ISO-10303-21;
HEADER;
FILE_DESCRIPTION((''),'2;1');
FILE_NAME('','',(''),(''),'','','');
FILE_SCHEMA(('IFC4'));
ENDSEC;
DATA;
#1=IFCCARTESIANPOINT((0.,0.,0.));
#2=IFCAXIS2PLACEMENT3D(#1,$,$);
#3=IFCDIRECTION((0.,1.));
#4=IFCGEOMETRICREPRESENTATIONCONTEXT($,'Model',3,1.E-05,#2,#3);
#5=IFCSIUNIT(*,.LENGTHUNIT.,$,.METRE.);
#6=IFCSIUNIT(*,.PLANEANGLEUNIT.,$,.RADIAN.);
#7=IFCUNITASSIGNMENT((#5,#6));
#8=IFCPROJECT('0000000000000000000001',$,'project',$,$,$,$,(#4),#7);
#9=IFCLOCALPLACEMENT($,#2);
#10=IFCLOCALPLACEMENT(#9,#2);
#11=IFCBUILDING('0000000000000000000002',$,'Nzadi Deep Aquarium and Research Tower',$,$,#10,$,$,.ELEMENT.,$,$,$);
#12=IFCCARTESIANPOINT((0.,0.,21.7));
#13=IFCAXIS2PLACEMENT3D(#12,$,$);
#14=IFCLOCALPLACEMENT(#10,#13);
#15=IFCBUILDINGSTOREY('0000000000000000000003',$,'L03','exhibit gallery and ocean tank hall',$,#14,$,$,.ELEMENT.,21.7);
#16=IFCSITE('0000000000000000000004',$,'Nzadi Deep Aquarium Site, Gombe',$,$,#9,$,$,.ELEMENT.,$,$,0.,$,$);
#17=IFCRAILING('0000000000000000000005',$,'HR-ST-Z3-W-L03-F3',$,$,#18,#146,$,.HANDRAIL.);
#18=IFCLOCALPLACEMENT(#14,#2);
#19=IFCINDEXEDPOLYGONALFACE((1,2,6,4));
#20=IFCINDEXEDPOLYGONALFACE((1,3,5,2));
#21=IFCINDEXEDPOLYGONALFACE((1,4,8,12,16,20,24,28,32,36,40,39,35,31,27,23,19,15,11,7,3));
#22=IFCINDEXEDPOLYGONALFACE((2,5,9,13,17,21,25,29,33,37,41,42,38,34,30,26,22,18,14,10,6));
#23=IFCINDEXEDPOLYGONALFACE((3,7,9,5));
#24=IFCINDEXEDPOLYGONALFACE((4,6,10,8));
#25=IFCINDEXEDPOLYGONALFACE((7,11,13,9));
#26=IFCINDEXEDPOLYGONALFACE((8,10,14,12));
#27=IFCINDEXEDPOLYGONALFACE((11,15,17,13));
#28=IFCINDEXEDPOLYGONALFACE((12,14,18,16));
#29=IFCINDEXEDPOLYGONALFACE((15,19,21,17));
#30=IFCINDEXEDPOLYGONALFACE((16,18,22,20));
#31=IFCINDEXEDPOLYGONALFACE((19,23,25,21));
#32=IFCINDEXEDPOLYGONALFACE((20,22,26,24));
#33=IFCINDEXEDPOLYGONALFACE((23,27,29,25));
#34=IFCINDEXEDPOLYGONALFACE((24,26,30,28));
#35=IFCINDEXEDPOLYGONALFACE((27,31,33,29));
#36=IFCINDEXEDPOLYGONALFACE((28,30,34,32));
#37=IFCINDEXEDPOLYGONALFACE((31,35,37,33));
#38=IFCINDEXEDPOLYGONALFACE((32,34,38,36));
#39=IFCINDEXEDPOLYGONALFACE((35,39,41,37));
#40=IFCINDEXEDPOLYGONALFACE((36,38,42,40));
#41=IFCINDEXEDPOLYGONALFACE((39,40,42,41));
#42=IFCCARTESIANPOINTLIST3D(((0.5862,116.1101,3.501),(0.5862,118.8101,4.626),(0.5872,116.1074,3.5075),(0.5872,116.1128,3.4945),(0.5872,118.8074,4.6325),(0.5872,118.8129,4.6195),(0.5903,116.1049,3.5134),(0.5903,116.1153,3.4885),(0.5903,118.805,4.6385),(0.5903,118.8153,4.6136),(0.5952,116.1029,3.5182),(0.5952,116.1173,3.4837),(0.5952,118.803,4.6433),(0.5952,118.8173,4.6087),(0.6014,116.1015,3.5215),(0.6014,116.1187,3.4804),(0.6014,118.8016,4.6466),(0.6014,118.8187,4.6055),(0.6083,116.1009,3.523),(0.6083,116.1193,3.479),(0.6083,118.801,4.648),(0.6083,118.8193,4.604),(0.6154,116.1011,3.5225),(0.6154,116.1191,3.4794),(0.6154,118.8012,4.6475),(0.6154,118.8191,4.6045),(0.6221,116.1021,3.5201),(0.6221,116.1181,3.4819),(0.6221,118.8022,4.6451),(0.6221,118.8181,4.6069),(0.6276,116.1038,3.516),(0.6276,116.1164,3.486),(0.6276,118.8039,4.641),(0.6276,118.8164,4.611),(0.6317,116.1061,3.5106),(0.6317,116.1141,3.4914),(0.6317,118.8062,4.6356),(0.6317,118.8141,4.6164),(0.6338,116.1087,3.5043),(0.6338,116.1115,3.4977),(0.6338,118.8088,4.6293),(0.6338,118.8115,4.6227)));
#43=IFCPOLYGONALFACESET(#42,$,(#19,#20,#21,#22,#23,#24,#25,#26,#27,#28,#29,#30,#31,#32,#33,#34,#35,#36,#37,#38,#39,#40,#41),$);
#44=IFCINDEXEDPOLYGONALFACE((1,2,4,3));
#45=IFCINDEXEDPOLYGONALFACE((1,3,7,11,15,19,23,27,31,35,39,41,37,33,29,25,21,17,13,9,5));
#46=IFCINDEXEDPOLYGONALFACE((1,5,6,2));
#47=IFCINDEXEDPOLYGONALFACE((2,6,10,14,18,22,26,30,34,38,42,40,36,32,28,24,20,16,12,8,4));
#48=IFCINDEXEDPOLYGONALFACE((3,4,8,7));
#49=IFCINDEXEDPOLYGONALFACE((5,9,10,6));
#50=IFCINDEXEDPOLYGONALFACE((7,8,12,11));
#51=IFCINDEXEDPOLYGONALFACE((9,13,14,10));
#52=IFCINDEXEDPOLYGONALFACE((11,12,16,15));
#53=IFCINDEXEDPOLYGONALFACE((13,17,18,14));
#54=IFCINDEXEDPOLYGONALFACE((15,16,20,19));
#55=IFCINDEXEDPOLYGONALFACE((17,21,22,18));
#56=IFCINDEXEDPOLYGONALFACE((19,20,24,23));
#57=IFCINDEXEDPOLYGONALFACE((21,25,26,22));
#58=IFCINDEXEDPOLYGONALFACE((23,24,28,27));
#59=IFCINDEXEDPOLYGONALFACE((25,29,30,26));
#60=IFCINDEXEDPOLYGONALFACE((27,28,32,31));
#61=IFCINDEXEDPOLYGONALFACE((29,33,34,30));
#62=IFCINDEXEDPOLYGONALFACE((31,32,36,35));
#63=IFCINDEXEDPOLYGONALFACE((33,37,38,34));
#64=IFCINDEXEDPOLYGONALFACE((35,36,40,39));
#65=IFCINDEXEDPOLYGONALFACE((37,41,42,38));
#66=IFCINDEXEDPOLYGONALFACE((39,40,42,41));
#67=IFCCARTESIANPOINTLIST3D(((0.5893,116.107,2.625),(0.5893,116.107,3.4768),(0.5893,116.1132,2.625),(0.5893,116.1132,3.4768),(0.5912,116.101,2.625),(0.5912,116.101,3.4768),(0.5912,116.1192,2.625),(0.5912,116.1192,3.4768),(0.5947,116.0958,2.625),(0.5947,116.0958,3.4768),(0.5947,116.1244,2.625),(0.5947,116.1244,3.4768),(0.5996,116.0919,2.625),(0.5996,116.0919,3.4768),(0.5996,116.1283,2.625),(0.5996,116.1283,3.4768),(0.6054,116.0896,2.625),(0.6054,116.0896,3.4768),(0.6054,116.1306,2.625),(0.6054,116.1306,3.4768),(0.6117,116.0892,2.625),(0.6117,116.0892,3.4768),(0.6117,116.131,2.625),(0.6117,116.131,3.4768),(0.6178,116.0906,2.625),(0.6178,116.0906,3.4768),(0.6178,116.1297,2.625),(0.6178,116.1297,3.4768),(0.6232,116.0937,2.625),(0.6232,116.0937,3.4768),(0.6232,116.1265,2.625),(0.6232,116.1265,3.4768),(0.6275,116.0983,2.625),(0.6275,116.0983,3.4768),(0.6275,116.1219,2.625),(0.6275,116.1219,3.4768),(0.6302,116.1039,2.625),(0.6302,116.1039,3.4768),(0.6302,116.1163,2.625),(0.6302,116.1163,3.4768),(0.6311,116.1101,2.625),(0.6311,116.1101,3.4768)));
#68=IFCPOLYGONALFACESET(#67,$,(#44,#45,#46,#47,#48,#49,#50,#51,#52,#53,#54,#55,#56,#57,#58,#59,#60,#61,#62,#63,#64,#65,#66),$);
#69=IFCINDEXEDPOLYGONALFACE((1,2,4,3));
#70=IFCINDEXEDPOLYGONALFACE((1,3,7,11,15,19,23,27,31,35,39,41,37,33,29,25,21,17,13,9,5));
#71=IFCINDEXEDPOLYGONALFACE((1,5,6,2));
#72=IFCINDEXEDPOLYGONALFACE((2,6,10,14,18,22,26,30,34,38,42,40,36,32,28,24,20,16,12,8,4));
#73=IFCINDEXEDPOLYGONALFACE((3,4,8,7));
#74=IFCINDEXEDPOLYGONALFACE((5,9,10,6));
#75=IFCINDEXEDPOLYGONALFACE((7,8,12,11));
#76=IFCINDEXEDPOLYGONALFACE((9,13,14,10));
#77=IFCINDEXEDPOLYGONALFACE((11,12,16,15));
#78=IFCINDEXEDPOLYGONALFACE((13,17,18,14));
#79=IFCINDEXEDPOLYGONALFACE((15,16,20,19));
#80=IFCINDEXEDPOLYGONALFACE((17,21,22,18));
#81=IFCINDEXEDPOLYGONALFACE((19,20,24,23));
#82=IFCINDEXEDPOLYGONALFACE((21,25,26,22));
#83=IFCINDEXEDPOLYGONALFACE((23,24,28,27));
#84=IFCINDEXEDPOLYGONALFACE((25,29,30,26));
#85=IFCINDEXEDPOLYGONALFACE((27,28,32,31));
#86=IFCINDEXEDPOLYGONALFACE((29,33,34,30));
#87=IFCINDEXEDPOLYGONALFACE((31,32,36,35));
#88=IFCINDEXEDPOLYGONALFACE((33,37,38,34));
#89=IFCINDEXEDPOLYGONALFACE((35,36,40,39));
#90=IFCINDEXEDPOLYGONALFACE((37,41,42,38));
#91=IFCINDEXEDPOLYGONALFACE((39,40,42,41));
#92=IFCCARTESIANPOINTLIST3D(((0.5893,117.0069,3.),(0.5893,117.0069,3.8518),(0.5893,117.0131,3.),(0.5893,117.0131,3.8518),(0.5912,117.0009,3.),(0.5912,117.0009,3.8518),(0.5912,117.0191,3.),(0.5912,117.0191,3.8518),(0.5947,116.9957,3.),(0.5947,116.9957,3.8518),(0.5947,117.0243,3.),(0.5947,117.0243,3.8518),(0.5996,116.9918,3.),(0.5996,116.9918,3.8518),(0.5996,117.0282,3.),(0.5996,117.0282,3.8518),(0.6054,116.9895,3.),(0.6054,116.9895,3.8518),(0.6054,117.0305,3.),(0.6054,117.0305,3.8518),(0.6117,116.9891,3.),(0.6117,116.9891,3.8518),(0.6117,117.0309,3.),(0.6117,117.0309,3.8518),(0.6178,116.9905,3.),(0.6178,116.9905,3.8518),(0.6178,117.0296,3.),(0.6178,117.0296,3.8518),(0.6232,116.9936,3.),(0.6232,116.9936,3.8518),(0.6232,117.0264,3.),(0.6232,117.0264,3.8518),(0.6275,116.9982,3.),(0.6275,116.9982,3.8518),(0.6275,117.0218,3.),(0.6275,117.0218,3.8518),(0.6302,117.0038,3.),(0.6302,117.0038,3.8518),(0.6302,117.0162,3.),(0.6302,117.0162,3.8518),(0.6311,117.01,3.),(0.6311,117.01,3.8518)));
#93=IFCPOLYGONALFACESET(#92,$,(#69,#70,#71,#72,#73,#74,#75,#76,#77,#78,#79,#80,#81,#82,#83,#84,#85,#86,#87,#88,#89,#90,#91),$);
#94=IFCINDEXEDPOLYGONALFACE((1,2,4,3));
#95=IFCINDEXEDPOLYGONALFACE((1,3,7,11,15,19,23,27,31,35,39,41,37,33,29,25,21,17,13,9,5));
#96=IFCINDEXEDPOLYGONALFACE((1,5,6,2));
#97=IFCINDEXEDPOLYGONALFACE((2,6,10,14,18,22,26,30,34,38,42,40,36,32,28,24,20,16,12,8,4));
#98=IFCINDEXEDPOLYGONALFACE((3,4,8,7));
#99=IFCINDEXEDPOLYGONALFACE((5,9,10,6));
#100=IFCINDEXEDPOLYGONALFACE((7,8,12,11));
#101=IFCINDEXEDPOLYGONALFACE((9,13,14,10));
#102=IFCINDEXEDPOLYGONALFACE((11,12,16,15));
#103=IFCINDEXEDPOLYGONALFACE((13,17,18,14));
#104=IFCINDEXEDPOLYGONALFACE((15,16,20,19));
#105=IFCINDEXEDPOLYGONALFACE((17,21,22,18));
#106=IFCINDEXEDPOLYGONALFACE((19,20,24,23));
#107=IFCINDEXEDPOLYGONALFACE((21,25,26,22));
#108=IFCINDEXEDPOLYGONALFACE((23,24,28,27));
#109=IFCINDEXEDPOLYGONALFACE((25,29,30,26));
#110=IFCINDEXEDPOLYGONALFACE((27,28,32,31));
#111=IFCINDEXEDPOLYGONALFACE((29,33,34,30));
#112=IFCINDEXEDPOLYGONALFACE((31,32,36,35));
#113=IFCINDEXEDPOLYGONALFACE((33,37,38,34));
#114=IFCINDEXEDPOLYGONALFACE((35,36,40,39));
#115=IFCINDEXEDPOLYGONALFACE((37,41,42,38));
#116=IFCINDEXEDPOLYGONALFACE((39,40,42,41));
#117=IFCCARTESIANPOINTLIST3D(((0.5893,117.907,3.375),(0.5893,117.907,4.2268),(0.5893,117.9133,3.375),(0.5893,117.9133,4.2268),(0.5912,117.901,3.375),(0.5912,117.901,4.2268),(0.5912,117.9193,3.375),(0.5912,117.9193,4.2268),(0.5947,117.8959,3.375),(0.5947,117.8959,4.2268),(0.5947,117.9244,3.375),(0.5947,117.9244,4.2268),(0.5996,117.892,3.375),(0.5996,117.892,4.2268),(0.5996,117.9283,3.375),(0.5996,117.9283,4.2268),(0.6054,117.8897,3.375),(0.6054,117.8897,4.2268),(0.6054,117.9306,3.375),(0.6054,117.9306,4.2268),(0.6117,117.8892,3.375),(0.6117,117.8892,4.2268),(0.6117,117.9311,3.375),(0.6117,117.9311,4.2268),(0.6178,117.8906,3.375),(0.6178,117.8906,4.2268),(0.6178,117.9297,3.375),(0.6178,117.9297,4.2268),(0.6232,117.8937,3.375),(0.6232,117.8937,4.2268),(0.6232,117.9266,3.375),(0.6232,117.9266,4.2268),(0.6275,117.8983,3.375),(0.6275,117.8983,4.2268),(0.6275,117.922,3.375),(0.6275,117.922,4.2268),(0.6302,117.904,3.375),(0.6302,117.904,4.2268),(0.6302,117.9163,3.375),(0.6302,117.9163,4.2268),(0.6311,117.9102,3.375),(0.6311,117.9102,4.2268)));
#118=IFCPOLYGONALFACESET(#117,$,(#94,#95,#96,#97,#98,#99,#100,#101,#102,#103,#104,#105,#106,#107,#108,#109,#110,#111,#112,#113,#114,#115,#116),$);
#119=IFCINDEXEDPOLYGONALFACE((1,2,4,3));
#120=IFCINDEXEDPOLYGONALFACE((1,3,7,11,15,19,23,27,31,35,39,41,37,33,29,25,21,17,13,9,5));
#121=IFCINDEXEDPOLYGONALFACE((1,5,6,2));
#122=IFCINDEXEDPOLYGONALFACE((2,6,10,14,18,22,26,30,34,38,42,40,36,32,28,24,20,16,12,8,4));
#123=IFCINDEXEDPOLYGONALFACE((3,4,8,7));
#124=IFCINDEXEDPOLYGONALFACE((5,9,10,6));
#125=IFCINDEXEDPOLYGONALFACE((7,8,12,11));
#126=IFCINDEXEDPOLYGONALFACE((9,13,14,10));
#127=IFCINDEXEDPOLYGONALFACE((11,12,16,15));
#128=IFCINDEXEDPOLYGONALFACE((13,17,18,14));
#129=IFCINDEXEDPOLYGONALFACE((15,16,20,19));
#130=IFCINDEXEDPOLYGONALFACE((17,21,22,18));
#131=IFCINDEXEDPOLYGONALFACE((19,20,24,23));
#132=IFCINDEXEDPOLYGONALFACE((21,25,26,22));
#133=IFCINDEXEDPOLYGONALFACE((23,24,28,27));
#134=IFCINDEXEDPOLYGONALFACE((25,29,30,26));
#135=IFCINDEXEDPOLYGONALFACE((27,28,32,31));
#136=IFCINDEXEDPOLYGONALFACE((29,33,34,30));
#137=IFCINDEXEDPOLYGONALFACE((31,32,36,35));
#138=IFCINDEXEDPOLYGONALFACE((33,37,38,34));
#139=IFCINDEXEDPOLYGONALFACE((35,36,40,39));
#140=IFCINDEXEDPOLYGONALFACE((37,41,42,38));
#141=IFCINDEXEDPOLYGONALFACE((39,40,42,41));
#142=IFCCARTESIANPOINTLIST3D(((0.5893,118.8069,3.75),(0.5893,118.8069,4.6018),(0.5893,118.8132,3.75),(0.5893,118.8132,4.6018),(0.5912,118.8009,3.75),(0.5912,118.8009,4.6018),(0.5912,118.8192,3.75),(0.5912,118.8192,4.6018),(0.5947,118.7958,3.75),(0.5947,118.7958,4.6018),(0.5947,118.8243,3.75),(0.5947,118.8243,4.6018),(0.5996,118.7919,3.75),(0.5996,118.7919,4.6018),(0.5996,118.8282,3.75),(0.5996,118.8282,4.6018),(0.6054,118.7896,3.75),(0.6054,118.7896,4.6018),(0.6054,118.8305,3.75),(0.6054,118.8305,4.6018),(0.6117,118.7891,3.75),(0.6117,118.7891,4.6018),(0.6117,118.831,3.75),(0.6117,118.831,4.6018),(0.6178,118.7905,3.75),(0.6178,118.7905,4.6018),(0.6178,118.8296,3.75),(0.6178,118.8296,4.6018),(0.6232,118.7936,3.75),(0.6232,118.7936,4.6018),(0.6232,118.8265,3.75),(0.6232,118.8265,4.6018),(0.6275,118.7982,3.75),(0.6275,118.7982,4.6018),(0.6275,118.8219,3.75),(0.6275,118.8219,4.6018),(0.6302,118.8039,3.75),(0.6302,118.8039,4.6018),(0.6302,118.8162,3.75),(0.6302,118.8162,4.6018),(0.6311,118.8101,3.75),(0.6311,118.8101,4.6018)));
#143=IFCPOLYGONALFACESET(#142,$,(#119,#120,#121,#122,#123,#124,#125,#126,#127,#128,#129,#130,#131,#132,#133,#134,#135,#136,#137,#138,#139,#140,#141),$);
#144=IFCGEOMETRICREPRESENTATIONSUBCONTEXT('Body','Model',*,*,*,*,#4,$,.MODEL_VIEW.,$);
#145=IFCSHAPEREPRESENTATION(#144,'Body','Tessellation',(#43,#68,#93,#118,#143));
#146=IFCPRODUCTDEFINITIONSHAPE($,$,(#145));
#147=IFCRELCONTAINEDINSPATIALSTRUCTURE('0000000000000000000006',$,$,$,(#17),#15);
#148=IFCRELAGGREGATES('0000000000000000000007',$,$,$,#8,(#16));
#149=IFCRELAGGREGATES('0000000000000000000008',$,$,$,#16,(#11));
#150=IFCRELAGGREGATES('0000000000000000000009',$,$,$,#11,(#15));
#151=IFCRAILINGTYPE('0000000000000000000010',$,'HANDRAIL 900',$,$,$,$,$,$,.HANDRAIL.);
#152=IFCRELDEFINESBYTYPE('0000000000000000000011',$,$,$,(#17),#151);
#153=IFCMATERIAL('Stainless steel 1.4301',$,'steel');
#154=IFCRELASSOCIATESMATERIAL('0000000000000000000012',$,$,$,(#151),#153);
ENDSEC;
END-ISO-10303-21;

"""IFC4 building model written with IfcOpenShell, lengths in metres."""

from ifc_helpers import new_model, si_unit, direction, frame, origin, origin_2d, place, context, subcontext, project, spatial, circle, extrude, material, type_object, element, save


model = new_model("IFC4")

# Units and contexts
model_context = context("Model", 3, precision=1e-05, world=origin(), true_north=direction((0.0, 1.0)))
body_context = subcontext(model_context, "Body", "Model", "MODEL_VIEW")
ifc_project = project(units=[si_unit("LENGTHUNIT", "METRE"), si_unit("PLANEANGLEUNIT", "RADIAN")], contexts=[model_context])

# Site, building, storey
site_placement = place(None, origin())
site = spatial("IfcSite", under=ifc_project, at=site_placement, Name="Nzadi Deep Aquarium Site, Gombe", CompositionType="ELEMENT", RefElevation=0.0)
building_placement = place(site_placement, origin())
building = spatial("IfcBuilding", under=site, at=building_placement, Name="Nzadi Deep Aquarium and Research Tower", CompositionType="ELEMENT")
storey_placement = place(building_placement, frame((0.0, 0.0, 21.7)))
storey = spatial("IfcBuildingStorey", under=building, at=storey_placement, Name="L03", Description="exhibit gallery and ocean tank hall", CompositionType="ELEMENT", Elevation=21.7)

# Railing
ifc_material_1 = material(Name="Stainless steel 1.4301", Category="steel")
railing_type = type_object("IfcRailingType", Name="HANDRAIL 900", PredefinedType="HANDRAIL", material=ifc_material_1)
for number, where, name in (
    (1, (0.6101, 116.1101, 2.625), "HR-ST-Z3-W-L03-F3"),
):
    element("IfcRailing", number, at=place(storey_placement, frame(where)), inside=storey, type_object=railing_type, Name=name, PredefinedType="HANDRAIL", context=body_context, shape_type="SweptSolid", body=[
        extrude(circle(Radius=0.0239, at=origin_2d()), frame((0.0, 0.0, 0.876), z_axis=(0.0, 0.923074, 0.384621), x_axis=(-1.0, 0.0, 0.0)), (0.0, 0.0, 1.0), 2.925),
        extrude(circle(Radius=0.021, at=origin_2d()), origin(), (0.0, 0.0, 1.0), 0.8518),
        extrude(circle(Radius=0.021, at=origin_2d()), frame((0.0, 0.8999, 0.375)), (0.0, 0.0, 1.0), 0.8518),
        extrude(circle(Radius=0.021, at=origin_2d()), frame((0.0, 1.8, 0.75)), (0.0, 0.0, 1.0), 0.8518),
        extrude(circle(Radius=0.021, at=origin_2d()), frame((0.0, 2.7, 1.125)), (0.0, 0.0, 1.0), 0.8518),
    ])

save(model, "model.ifc")
